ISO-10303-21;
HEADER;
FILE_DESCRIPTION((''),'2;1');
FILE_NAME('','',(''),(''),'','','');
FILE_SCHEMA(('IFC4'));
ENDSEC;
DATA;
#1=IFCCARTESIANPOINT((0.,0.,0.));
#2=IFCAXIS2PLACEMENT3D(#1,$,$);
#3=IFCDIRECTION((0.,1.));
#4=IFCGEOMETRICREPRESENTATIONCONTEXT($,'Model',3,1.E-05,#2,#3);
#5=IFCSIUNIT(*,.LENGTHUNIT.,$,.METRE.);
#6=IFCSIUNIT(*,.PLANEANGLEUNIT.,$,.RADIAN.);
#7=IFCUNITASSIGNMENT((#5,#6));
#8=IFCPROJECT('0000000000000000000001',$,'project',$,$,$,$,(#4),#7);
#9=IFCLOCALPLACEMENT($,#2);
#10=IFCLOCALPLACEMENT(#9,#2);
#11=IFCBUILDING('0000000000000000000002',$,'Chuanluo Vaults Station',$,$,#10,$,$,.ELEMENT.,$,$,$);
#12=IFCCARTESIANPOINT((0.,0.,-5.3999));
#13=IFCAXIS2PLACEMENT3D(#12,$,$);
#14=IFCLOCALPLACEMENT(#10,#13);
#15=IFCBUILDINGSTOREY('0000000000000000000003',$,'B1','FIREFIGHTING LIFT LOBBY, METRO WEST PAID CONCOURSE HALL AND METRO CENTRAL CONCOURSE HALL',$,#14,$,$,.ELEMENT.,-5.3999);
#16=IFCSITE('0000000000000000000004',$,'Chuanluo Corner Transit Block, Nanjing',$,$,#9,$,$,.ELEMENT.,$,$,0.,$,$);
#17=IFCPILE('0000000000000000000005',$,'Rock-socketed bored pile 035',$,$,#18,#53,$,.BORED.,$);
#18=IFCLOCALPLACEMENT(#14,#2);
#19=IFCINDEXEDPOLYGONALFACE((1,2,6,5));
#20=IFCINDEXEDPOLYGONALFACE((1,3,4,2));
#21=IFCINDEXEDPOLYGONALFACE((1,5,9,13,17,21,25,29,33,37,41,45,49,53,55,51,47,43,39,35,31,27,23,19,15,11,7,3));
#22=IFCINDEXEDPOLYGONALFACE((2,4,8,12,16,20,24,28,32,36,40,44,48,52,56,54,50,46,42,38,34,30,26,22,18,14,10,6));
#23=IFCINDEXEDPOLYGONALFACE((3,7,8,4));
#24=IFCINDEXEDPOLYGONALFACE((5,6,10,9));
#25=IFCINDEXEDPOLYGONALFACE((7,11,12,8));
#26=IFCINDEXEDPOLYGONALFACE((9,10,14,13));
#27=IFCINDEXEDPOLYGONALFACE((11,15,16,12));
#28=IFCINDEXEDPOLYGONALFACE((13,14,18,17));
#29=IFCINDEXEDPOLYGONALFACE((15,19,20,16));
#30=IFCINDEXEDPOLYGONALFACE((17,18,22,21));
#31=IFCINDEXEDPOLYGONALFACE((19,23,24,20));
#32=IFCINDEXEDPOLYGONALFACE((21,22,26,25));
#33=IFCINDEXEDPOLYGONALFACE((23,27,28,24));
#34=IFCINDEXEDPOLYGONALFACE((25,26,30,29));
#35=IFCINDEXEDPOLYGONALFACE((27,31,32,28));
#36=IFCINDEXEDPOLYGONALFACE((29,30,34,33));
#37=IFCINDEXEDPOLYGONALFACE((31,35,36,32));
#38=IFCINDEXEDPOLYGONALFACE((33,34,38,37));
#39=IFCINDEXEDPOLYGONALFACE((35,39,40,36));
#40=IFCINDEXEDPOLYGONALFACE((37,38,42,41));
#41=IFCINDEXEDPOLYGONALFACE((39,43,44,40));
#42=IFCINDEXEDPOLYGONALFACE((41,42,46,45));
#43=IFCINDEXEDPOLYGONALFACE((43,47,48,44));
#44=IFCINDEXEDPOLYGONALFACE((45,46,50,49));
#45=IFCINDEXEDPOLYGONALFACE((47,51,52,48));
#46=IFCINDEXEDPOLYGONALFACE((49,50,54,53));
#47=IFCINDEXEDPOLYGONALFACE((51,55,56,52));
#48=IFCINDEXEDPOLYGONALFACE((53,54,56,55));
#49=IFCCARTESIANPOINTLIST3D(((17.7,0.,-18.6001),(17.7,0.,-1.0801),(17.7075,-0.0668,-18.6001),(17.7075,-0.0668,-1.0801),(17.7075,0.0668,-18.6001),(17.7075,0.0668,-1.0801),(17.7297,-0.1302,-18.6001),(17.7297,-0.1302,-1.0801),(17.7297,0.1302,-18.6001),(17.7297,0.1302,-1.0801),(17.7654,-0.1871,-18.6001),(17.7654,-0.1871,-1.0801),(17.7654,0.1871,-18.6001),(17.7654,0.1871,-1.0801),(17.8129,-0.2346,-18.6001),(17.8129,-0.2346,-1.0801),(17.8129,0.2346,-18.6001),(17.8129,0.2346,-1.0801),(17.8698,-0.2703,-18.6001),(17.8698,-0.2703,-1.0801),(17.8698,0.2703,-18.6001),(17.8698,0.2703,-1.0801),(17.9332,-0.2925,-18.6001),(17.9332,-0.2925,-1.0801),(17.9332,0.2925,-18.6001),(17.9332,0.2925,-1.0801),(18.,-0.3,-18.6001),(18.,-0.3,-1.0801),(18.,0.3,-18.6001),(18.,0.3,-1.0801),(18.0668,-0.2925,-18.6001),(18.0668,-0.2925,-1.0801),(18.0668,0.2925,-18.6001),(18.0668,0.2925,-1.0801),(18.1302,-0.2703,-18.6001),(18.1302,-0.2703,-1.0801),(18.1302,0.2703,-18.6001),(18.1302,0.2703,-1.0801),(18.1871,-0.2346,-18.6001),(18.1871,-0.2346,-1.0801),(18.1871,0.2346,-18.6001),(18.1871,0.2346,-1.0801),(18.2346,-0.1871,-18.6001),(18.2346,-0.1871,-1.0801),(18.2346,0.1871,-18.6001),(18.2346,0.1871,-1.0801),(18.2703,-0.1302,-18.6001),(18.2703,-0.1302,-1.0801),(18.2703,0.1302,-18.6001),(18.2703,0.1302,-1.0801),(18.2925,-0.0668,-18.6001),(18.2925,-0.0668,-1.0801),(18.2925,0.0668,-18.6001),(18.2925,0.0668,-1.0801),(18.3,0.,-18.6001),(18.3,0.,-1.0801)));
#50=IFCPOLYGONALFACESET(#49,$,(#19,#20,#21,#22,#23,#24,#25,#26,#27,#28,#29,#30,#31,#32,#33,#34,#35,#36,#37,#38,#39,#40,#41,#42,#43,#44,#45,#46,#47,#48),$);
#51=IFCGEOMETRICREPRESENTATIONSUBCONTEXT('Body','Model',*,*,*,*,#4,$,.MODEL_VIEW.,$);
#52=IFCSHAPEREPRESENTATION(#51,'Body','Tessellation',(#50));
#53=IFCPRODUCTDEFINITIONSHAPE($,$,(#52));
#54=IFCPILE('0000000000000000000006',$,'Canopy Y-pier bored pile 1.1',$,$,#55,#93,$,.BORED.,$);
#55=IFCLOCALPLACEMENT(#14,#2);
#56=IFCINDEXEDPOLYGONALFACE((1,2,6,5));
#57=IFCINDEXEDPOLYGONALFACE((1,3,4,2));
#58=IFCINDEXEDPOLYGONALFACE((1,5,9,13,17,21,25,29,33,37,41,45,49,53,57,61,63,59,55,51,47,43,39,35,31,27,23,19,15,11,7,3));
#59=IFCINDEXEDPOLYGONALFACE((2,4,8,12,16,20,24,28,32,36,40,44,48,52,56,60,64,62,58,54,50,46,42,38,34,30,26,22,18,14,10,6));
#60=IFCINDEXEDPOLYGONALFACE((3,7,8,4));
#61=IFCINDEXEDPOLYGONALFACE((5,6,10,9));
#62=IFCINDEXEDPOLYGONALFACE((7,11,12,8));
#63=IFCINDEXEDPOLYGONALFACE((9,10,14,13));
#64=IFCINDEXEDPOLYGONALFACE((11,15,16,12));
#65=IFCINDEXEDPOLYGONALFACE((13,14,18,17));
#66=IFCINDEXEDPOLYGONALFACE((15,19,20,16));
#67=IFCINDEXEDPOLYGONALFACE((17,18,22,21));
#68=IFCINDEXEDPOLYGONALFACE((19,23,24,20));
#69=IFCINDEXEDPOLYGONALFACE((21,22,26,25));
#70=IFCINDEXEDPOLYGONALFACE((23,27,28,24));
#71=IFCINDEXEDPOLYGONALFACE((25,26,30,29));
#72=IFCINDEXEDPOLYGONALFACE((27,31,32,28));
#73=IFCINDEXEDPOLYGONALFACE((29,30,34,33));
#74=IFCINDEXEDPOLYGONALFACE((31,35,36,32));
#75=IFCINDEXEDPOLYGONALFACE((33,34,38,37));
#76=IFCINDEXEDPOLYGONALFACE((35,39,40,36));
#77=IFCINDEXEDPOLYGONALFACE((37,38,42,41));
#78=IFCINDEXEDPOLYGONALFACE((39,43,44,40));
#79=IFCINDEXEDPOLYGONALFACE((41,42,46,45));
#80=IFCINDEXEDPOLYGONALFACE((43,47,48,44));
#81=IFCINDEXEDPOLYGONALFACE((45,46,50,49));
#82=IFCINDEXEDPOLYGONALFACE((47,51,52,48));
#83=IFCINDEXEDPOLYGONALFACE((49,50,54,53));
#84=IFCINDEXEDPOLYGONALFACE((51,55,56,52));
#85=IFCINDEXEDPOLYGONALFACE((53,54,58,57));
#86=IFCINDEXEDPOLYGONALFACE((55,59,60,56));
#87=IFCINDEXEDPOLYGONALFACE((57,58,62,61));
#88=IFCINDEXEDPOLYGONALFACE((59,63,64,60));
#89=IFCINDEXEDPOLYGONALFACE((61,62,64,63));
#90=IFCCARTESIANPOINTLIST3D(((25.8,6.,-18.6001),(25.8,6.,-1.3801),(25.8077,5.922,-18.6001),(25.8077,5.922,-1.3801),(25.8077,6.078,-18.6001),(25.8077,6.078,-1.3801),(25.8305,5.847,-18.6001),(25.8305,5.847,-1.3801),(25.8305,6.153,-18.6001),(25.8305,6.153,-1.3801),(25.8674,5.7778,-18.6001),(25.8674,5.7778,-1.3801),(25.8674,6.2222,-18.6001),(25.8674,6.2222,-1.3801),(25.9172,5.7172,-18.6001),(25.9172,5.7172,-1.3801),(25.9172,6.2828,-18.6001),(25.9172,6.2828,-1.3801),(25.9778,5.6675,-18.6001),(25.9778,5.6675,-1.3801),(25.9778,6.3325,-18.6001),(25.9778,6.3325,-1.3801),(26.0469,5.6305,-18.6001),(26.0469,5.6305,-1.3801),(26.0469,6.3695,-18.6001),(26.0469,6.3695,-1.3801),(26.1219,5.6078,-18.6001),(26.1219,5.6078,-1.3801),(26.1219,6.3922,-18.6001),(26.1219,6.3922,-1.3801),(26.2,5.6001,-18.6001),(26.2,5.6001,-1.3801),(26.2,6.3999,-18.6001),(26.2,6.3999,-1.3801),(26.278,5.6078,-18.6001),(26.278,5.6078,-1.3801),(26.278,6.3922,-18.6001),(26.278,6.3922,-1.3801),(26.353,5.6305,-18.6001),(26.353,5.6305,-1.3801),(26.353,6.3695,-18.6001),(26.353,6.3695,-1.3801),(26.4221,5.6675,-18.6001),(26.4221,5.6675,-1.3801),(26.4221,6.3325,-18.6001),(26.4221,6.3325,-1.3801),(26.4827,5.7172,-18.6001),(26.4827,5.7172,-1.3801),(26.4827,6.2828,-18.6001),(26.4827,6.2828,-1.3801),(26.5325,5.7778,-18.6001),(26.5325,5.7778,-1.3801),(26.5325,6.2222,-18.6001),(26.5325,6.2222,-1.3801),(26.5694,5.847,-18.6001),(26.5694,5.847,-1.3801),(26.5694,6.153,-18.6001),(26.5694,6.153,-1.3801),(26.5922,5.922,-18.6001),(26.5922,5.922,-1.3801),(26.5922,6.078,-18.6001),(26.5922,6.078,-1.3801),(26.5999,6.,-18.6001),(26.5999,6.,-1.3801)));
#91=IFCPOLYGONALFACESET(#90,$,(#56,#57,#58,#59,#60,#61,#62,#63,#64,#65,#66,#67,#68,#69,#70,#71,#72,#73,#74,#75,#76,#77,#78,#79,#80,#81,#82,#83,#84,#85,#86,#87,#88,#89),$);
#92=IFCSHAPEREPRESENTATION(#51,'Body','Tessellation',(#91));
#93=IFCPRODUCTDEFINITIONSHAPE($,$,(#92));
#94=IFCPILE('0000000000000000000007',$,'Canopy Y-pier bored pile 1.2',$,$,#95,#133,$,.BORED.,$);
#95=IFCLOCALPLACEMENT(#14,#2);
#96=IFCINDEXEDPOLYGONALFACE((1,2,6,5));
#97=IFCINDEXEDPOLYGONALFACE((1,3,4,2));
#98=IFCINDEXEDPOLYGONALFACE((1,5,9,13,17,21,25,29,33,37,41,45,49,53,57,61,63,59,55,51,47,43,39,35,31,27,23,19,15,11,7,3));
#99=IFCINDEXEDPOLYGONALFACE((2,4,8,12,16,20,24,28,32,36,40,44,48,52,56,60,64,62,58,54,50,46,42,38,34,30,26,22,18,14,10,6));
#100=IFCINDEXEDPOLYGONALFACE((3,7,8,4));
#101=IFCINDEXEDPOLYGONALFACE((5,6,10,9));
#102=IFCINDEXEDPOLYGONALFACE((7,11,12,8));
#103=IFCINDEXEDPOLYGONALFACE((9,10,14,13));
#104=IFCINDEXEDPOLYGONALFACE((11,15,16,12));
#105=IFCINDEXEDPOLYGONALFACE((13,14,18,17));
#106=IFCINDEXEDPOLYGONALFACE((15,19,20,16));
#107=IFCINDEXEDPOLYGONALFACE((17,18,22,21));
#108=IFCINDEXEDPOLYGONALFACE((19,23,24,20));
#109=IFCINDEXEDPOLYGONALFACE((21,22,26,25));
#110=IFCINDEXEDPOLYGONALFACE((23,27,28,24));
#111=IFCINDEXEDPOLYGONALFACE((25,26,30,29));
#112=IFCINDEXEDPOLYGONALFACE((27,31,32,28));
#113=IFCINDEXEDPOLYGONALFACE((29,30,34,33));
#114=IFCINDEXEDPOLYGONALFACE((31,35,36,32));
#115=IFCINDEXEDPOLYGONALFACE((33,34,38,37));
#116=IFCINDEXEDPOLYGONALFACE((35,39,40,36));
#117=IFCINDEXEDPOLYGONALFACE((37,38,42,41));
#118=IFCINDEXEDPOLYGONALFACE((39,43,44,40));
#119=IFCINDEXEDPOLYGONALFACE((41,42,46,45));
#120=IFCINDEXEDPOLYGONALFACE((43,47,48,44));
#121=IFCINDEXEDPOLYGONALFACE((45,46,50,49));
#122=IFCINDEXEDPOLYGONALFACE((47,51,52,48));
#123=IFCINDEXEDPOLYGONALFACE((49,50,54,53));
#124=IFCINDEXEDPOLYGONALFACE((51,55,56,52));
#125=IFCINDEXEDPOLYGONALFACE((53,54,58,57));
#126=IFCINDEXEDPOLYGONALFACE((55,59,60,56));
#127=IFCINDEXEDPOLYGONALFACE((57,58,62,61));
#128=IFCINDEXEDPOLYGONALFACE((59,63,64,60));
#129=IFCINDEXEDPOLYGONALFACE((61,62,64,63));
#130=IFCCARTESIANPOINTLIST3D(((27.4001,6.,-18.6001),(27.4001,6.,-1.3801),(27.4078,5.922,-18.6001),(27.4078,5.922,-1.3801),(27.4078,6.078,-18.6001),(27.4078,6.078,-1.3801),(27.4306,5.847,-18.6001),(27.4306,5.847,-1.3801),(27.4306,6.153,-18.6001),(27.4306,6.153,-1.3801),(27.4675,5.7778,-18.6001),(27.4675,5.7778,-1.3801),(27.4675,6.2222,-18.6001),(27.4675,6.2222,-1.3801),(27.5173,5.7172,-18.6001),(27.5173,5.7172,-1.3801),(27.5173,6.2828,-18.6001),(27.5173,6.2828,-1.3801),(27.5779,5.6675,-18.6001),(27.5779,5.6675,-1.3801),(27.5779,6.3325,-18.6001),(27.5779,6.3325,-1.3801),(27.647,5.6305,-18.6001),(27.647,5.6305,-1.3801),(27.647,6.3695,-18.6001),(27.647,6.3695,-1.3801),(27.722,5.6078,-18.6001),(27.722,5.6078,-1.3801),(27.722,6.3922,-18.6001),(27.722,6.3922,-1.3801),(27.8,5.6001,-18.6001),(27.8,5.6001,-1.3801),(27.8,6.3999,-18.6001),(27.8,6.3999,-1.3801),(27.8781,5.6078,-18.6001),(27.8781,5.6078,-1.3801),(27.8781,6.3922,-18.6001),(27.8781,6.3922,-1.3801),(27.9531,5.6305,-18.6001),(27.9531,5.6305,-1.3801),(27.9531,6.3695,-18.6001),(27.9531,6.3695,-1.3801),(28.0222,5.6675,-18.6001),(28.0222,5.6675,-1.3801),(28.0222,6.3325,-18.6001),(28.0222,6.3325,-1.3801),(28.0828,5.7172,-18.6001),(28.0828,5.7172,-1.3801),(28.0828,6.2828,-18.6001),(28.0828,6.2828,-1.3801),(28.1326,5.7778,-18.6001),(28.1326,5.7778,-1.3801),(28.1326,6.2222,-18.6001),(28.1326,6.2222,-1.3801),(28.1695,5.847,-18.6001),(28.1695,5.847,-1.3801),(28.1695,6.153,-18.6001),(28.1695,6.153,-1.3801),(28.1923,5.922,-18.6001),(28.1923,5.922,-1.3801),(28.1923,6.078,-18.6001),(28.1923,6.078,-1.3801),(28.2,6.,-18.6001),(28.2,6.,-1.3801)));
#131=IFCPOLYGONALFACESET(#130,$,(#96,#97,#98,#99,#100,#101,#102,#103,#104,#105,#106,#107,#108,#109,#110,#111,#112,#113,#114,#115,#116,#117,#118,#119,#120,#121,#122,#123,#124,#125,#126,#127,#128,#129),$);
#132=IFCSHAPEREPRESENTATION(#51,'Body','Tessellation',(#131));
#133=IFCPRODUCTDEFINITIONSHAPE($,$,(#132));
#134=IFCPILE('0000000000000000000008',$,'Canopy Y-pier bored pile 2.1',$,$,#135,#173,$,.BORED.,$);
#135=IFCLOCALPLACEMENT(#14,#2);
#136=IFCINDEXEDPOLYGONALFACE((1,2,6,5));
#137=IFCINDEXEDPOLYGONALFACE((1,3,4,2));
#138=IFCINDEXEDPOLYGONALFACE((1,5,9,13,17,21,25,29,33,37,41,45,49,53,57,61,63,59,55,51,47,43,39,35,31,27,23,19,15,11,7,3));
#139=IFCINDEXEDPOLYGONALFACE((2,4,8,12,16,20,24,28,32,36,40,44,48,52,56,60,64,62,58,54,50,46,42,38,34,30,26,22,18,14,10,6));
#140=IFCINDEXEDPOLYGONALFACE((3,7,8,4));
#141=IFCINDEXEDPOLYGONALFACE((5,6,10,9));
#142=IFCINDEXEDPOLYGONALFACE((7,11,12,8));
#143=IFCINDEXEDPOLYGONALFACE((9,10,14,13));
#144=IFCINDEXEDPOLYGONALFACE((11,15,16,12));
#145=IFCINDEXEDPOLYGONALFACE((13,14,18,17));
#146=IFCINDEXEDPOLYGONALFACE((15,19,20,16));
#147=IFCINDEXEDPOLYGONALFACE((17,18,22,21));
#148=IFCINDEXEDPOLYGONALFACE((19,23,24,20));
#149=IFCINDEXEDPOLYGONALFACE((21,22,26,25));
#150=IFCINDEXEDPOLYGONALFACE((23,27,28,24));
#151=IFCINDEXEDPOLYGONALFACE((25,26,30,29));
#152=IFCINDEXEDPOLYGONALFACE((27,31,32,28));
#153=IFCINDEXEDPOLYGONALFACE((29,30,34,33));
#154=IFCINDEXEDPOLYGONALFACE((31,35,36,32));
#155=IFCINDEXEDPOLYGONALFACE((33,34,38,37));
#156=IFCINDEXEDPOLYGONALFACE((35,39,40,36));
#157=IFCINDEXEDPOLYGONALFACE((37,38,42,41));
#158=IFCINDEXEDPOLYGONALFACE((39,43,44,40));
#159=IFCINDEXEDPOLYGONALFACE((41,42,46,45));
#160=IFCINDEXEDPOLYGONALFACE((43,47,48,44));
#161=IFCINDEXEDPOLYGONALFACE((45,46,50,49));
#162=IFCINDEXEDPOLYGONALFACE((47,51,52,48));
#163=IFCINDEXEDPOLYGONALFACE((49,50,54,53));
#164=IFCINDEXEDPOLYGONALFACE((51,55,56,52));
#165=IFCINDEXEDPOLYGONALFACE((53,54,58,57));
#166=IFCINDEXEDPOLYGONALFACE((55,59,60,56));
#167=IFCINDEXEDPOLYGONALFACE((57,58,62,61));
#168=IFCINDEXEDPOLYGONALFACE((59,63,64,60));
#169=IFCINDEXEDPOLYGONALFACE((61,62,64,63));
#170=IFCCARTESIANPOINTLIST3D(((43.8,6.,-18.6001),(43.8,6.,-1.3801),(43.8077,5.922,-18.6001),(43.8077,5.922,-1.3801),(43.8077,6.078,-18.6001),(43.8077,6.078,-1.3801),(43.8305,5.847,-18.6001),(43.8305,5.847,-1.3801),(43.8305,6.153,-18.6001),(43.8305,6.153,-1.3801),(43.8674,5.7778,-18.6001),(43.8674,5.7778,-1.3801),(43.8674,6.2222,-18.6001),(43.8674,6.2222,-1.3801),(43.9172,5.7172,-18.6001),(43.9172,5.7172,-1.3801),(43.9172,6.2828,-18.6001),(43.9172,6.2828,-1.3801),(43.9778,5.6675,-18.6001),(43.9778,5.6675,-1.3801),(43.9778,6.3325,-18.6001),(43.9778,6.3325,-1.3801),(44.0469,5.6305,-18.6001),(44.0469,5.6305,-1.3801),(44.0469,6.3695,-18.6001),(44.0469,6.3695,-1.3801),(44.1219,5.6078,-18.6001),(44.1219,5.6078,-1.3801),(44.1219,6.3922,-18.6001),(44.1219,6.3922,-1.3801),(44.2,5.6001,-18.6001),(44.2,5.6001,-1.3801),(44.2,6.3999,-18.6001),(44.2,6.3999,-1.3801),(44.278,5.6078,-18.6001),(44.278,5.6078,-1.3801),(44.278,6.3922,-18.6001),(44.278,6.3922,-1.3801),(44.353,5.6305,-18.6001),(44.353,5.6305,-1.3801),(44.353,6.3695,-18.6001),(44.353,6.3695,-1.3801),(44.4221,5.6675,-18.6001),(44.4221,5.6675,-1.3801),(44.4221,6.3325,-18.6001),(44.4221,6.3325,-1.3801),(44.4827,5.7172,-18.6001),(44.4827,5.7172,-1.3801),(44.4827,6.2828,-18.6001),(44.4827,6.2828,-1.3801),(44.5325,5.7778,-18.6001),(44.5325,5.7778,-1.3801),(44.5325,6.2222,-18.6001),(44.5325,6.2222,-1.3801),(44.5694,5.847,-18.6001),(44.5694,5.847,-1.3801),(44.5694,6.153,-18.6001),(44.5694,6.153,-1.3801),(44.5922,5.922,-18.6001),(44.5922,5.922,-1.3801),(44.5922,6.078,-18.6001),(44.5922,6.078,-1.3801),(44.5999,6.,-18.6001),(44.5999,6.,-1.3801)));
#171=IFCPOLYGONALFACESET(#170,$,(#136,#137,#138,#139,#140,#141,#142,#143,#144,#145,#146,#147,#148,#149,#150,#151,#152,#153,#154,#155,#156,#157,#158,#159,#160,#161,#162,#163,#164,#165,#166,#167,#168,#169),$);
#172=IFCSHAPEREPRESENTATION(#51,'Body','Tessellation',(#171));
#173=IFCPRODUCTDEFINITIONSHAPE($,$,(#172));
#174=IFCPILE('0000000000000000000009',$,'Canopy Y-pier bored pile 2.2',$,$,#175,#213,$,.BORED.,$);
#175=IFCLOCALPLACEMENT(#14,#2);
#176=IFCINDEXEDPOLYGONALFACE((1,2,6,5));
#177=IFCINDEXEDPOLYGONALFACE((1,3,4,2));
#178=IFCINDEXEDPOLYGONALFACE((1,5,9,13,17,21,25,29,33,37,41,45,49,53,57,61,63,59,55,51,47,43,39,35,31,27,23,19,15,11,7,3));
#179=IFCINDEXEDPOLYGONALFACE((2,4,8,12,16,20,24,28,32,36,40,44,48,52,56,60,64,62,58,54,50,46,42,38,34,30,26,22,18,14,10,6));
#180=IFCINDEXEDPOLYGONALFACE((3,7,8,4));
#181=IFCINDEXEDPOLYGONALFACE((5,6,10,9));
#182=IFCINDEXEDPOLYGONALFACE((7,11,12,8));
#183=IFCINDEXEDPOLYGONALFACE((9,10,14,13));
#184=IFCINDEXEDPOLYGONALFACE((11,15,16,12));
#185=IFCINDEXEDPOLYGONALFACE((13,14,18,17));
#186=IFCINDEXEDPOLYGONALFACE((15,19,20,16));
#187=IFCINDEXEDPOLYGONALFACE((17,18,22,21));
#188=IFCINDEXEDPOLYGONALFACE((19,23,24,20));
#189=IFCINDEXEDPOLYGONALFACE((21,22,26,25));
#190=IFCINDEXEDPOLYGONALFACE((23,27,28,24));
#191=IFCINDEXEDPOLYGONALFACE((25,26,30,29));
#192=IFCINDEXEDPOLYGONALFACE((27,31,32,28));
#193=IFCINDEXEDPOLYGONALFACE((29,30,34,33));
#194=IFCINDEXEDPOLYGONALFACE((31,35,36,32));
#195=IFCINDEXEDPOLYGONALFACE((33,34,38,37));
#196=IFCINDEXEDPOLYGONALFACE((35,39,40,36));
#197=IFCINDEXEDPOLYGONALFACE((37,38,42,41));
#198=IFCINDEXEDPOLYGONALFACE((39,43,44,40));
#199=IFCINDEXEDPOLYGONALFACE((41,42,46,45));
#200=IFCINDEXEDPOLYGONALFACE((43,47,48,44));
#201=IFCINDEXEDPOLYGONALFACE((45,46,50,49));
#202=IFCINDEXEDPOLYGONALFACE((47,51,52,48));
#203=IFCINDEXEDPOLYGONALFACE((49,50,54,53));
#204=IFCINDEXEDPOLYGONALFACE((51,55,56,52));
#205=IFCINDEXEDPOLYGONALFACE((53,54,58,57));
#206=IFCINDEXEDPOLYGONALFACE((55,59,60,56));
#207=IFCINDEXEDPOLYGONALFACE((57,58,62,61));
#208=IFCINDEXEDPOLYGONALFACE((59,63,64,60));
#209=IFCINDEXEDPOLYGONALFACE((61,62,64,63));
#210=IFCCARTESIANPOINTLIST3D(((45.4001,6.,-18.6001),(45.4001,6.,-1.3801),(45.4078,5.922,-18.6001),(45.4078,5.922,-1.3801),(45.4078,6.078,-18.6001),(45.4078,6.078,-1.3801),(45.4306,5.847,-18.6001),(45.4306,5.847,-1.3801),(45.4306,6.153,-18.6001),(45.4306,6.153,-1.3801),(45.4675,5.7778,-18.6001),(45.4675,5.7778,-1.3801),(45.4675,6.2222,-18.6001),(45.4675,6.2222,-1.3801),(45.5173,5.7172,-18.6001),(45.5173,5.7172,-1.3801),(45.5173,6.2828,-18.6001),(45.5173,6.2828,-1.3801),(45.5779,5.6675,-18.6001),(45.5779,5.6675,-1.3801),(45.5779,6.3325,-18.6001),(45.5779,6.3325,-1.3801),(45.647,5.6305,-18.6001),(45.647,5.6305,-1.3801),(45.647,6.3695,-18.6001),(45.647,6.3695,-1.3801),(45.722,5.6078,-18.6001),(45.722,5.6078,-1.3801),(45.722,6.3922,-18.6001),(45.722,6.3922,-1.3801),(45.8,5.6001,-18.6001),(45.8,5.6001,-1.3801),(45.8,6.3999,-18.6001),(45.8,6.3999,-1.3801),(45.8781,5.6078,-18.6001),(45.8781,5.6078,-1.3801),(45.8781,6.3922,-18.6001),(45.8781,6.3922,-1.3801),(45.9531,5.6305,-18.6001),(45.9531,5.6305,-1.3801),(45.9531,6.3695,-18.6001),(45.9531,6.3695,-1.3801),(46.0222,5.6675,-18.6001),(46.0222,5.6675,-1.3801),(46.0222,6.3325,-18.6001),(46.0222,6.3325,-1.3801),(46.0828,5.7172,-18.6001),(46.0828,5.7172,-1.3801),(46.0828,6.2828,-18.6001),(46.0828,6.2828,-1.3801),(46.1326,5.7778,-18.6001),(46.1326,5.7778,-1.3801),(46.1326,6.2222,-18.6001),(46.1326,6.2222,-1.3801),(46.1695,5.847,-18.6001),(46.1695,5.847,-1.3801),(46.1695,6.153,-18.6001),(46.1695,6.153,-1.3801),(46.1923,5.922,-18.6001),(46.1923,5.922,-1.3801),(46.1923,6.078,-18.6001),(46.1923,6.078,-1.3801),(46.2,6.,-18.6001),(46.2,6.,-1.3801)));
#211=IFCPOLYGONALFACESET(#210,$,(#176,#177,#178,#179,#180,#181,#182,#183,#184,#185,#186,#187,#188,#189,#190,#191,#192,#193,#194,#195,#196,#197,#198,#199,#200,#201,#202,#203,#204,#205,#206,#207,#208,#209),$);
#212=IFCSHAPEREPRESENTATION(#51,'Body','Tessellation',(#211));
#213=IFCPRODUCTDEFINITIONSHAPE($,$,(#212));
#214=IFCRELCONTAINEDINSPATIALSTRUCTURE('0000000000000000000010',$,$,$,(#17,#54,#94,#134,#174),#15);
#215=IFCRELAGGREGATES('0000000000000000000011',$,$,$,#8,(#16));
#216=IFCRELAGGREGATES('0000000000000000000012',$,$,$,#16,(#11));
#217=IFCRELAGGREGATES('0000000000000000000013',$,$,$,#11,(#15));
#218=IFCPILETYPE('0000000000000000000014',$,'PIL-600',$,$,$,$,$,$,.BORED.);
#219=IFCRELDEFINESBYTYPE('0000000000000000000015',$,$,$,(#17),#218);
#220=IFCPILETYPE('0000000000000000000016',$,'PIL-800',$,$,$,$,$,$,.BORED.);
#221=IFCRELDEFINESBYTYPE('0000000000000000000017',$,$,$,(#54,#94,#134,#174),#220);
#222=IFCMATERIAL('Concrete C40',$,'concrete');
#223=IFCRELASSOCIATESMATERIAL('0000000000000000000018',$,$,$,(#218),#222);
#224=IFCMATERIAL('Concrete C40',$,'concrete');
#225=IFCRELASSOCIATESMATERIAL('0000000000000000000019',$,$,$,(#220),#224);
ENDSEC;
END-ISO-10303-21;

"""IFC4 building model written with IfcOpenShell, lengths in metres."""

from ifc_helpers import new_model, si_unit, direction, frame, origin, origin_2d, place, context, subcontext, project, spatial, circle, extrude, material, material_profile, profile_set, type_object, element, save


model = new_model("IFC4")

# Units and contexts
model_context = context("Model", 3, precision=1e-05, world=origin(), true_north=direction((0.0, 1.0)))
body_context = subcontext(model_context, "Body", "Model", "MODEL_VIEW")
ifc_project = project(units=[si_unit("LENGTHUNIT", "METRE"), si_unit("PLANEANGLEUNIT", "RADIAN")], contexts=[model_context])

# Site, building, storey
site_placement = place(None, origin())
site = spatial("IfcSite", under=ifc_project, at=site_placement, Name="Chuanluo Corner Transit Block, Nanjing", CompositionType="ELEMENT", RefElevation=0.0)
building_placement = place(site_placement, origin())
building = spatial("IfcBuilding", under=site, at=building_placement, Name="Chuanluo Vaults Station", CompositionType="ELEMENT")
storey_placement = place(building_placement, frame((0.0, 0.0, -5.3999)))
storey = spatial("IfcBuildingStorey", under=building, at=storey_placement, Name="B1", Description="FIREFIGHTING LIFT LOBBY, METRO WEST PAID CONCOURSE HALL AND METRO CENTRAL CONCOURSE HALL", CompositionType="ELEMENT", Elevation=-5.3999)

# Piles
ifc_material_1 = material(Name="Concrete C40", Category="concrete")
ifc_material_profile_1 = material_profile(ifc_material_1, circle(Radius=0.3, at=origin_2d()))
ifc_profile_set_1 = profile_set([ifc_material_profile_1], Name="Concrete C40")
pile_type_1 = type_object("IfcPileType", Name="PIL-600", PredefinedType="BORED", material=ifc_profile_set_1)
pile_placement = place(storey_placement, frame((18.0, 0.0, -1.0801), z_axis=(0.0, 0.0, -1.0), x_axis=(1.0, 0.0, 0.0)))
element("IfcPile", 1, at=pile_placement, inside=storey, type_object=pile_type_1, Name="Rock-socketed bored pile 035", PredefinedType="BORED", context=body_context, shape_type="SweptSolid", body=[
    extrude(circle(Radius=0.3, at=origin_2d()), origin(), (0.0, 0.0, 1.0), 17.52),
])
ifc_material_2 = material(Name="Concrete C40", Category="concrete")
ifc_material_profile_2 = material_profile(ifc_material_2, circle(Radius=0.3999, at=origin_2d()))
ifc_profile_set_2 = profile_set([ifc_material_profile_2], Name="Concrete C40")
pile_type_2 = type_object("IfcPileType", Name="PIL-800", PredefinedType="BORED", material=ifc_profile_set_2)
for number, where, z_axis, x_axis, name in (
    (2, (26.2, 6.0, -1.3801), (0.0, 0.0, -1.0), (1.0, 0.0, 0.0), "Canopy Y-pier bored pile 1.1"),
    (3, (27.8, 6.0, -1.3801), (0.0, 0.0, -1.0), (1.0, 0.0, 0.0), "Canopy Y-pier bored pile 1.2"),
    (4, (44.2, 6.0, -1.3801), (0.0, 0.0, -1.0), (1.0, 0.0, 0.0), "Canopy Y-pier bored pile 2.1"),
    (5, (45.8, 6.0, -1.3801), (0.0, 0.0, -1.0), (1.0, 0.0, 0.0), "Canopy Y-pier bored pile 2.2"),
):
    element("IfcPile", number, at=place(storey_placement, frame(where, z_axis=z_axis, x_axis=x_axis)), inside=storey, type_object=pile_type_2, Name=name, PredefinedType="BORED", context=body_context, shape_type="SweptSolid", body=[
        extrude(circle(Radius=0.3999, at=origin_2d()), origin(), (0.0, 0.0, 1.0), 17.22),
    ])

save(model, "model.ifc")
